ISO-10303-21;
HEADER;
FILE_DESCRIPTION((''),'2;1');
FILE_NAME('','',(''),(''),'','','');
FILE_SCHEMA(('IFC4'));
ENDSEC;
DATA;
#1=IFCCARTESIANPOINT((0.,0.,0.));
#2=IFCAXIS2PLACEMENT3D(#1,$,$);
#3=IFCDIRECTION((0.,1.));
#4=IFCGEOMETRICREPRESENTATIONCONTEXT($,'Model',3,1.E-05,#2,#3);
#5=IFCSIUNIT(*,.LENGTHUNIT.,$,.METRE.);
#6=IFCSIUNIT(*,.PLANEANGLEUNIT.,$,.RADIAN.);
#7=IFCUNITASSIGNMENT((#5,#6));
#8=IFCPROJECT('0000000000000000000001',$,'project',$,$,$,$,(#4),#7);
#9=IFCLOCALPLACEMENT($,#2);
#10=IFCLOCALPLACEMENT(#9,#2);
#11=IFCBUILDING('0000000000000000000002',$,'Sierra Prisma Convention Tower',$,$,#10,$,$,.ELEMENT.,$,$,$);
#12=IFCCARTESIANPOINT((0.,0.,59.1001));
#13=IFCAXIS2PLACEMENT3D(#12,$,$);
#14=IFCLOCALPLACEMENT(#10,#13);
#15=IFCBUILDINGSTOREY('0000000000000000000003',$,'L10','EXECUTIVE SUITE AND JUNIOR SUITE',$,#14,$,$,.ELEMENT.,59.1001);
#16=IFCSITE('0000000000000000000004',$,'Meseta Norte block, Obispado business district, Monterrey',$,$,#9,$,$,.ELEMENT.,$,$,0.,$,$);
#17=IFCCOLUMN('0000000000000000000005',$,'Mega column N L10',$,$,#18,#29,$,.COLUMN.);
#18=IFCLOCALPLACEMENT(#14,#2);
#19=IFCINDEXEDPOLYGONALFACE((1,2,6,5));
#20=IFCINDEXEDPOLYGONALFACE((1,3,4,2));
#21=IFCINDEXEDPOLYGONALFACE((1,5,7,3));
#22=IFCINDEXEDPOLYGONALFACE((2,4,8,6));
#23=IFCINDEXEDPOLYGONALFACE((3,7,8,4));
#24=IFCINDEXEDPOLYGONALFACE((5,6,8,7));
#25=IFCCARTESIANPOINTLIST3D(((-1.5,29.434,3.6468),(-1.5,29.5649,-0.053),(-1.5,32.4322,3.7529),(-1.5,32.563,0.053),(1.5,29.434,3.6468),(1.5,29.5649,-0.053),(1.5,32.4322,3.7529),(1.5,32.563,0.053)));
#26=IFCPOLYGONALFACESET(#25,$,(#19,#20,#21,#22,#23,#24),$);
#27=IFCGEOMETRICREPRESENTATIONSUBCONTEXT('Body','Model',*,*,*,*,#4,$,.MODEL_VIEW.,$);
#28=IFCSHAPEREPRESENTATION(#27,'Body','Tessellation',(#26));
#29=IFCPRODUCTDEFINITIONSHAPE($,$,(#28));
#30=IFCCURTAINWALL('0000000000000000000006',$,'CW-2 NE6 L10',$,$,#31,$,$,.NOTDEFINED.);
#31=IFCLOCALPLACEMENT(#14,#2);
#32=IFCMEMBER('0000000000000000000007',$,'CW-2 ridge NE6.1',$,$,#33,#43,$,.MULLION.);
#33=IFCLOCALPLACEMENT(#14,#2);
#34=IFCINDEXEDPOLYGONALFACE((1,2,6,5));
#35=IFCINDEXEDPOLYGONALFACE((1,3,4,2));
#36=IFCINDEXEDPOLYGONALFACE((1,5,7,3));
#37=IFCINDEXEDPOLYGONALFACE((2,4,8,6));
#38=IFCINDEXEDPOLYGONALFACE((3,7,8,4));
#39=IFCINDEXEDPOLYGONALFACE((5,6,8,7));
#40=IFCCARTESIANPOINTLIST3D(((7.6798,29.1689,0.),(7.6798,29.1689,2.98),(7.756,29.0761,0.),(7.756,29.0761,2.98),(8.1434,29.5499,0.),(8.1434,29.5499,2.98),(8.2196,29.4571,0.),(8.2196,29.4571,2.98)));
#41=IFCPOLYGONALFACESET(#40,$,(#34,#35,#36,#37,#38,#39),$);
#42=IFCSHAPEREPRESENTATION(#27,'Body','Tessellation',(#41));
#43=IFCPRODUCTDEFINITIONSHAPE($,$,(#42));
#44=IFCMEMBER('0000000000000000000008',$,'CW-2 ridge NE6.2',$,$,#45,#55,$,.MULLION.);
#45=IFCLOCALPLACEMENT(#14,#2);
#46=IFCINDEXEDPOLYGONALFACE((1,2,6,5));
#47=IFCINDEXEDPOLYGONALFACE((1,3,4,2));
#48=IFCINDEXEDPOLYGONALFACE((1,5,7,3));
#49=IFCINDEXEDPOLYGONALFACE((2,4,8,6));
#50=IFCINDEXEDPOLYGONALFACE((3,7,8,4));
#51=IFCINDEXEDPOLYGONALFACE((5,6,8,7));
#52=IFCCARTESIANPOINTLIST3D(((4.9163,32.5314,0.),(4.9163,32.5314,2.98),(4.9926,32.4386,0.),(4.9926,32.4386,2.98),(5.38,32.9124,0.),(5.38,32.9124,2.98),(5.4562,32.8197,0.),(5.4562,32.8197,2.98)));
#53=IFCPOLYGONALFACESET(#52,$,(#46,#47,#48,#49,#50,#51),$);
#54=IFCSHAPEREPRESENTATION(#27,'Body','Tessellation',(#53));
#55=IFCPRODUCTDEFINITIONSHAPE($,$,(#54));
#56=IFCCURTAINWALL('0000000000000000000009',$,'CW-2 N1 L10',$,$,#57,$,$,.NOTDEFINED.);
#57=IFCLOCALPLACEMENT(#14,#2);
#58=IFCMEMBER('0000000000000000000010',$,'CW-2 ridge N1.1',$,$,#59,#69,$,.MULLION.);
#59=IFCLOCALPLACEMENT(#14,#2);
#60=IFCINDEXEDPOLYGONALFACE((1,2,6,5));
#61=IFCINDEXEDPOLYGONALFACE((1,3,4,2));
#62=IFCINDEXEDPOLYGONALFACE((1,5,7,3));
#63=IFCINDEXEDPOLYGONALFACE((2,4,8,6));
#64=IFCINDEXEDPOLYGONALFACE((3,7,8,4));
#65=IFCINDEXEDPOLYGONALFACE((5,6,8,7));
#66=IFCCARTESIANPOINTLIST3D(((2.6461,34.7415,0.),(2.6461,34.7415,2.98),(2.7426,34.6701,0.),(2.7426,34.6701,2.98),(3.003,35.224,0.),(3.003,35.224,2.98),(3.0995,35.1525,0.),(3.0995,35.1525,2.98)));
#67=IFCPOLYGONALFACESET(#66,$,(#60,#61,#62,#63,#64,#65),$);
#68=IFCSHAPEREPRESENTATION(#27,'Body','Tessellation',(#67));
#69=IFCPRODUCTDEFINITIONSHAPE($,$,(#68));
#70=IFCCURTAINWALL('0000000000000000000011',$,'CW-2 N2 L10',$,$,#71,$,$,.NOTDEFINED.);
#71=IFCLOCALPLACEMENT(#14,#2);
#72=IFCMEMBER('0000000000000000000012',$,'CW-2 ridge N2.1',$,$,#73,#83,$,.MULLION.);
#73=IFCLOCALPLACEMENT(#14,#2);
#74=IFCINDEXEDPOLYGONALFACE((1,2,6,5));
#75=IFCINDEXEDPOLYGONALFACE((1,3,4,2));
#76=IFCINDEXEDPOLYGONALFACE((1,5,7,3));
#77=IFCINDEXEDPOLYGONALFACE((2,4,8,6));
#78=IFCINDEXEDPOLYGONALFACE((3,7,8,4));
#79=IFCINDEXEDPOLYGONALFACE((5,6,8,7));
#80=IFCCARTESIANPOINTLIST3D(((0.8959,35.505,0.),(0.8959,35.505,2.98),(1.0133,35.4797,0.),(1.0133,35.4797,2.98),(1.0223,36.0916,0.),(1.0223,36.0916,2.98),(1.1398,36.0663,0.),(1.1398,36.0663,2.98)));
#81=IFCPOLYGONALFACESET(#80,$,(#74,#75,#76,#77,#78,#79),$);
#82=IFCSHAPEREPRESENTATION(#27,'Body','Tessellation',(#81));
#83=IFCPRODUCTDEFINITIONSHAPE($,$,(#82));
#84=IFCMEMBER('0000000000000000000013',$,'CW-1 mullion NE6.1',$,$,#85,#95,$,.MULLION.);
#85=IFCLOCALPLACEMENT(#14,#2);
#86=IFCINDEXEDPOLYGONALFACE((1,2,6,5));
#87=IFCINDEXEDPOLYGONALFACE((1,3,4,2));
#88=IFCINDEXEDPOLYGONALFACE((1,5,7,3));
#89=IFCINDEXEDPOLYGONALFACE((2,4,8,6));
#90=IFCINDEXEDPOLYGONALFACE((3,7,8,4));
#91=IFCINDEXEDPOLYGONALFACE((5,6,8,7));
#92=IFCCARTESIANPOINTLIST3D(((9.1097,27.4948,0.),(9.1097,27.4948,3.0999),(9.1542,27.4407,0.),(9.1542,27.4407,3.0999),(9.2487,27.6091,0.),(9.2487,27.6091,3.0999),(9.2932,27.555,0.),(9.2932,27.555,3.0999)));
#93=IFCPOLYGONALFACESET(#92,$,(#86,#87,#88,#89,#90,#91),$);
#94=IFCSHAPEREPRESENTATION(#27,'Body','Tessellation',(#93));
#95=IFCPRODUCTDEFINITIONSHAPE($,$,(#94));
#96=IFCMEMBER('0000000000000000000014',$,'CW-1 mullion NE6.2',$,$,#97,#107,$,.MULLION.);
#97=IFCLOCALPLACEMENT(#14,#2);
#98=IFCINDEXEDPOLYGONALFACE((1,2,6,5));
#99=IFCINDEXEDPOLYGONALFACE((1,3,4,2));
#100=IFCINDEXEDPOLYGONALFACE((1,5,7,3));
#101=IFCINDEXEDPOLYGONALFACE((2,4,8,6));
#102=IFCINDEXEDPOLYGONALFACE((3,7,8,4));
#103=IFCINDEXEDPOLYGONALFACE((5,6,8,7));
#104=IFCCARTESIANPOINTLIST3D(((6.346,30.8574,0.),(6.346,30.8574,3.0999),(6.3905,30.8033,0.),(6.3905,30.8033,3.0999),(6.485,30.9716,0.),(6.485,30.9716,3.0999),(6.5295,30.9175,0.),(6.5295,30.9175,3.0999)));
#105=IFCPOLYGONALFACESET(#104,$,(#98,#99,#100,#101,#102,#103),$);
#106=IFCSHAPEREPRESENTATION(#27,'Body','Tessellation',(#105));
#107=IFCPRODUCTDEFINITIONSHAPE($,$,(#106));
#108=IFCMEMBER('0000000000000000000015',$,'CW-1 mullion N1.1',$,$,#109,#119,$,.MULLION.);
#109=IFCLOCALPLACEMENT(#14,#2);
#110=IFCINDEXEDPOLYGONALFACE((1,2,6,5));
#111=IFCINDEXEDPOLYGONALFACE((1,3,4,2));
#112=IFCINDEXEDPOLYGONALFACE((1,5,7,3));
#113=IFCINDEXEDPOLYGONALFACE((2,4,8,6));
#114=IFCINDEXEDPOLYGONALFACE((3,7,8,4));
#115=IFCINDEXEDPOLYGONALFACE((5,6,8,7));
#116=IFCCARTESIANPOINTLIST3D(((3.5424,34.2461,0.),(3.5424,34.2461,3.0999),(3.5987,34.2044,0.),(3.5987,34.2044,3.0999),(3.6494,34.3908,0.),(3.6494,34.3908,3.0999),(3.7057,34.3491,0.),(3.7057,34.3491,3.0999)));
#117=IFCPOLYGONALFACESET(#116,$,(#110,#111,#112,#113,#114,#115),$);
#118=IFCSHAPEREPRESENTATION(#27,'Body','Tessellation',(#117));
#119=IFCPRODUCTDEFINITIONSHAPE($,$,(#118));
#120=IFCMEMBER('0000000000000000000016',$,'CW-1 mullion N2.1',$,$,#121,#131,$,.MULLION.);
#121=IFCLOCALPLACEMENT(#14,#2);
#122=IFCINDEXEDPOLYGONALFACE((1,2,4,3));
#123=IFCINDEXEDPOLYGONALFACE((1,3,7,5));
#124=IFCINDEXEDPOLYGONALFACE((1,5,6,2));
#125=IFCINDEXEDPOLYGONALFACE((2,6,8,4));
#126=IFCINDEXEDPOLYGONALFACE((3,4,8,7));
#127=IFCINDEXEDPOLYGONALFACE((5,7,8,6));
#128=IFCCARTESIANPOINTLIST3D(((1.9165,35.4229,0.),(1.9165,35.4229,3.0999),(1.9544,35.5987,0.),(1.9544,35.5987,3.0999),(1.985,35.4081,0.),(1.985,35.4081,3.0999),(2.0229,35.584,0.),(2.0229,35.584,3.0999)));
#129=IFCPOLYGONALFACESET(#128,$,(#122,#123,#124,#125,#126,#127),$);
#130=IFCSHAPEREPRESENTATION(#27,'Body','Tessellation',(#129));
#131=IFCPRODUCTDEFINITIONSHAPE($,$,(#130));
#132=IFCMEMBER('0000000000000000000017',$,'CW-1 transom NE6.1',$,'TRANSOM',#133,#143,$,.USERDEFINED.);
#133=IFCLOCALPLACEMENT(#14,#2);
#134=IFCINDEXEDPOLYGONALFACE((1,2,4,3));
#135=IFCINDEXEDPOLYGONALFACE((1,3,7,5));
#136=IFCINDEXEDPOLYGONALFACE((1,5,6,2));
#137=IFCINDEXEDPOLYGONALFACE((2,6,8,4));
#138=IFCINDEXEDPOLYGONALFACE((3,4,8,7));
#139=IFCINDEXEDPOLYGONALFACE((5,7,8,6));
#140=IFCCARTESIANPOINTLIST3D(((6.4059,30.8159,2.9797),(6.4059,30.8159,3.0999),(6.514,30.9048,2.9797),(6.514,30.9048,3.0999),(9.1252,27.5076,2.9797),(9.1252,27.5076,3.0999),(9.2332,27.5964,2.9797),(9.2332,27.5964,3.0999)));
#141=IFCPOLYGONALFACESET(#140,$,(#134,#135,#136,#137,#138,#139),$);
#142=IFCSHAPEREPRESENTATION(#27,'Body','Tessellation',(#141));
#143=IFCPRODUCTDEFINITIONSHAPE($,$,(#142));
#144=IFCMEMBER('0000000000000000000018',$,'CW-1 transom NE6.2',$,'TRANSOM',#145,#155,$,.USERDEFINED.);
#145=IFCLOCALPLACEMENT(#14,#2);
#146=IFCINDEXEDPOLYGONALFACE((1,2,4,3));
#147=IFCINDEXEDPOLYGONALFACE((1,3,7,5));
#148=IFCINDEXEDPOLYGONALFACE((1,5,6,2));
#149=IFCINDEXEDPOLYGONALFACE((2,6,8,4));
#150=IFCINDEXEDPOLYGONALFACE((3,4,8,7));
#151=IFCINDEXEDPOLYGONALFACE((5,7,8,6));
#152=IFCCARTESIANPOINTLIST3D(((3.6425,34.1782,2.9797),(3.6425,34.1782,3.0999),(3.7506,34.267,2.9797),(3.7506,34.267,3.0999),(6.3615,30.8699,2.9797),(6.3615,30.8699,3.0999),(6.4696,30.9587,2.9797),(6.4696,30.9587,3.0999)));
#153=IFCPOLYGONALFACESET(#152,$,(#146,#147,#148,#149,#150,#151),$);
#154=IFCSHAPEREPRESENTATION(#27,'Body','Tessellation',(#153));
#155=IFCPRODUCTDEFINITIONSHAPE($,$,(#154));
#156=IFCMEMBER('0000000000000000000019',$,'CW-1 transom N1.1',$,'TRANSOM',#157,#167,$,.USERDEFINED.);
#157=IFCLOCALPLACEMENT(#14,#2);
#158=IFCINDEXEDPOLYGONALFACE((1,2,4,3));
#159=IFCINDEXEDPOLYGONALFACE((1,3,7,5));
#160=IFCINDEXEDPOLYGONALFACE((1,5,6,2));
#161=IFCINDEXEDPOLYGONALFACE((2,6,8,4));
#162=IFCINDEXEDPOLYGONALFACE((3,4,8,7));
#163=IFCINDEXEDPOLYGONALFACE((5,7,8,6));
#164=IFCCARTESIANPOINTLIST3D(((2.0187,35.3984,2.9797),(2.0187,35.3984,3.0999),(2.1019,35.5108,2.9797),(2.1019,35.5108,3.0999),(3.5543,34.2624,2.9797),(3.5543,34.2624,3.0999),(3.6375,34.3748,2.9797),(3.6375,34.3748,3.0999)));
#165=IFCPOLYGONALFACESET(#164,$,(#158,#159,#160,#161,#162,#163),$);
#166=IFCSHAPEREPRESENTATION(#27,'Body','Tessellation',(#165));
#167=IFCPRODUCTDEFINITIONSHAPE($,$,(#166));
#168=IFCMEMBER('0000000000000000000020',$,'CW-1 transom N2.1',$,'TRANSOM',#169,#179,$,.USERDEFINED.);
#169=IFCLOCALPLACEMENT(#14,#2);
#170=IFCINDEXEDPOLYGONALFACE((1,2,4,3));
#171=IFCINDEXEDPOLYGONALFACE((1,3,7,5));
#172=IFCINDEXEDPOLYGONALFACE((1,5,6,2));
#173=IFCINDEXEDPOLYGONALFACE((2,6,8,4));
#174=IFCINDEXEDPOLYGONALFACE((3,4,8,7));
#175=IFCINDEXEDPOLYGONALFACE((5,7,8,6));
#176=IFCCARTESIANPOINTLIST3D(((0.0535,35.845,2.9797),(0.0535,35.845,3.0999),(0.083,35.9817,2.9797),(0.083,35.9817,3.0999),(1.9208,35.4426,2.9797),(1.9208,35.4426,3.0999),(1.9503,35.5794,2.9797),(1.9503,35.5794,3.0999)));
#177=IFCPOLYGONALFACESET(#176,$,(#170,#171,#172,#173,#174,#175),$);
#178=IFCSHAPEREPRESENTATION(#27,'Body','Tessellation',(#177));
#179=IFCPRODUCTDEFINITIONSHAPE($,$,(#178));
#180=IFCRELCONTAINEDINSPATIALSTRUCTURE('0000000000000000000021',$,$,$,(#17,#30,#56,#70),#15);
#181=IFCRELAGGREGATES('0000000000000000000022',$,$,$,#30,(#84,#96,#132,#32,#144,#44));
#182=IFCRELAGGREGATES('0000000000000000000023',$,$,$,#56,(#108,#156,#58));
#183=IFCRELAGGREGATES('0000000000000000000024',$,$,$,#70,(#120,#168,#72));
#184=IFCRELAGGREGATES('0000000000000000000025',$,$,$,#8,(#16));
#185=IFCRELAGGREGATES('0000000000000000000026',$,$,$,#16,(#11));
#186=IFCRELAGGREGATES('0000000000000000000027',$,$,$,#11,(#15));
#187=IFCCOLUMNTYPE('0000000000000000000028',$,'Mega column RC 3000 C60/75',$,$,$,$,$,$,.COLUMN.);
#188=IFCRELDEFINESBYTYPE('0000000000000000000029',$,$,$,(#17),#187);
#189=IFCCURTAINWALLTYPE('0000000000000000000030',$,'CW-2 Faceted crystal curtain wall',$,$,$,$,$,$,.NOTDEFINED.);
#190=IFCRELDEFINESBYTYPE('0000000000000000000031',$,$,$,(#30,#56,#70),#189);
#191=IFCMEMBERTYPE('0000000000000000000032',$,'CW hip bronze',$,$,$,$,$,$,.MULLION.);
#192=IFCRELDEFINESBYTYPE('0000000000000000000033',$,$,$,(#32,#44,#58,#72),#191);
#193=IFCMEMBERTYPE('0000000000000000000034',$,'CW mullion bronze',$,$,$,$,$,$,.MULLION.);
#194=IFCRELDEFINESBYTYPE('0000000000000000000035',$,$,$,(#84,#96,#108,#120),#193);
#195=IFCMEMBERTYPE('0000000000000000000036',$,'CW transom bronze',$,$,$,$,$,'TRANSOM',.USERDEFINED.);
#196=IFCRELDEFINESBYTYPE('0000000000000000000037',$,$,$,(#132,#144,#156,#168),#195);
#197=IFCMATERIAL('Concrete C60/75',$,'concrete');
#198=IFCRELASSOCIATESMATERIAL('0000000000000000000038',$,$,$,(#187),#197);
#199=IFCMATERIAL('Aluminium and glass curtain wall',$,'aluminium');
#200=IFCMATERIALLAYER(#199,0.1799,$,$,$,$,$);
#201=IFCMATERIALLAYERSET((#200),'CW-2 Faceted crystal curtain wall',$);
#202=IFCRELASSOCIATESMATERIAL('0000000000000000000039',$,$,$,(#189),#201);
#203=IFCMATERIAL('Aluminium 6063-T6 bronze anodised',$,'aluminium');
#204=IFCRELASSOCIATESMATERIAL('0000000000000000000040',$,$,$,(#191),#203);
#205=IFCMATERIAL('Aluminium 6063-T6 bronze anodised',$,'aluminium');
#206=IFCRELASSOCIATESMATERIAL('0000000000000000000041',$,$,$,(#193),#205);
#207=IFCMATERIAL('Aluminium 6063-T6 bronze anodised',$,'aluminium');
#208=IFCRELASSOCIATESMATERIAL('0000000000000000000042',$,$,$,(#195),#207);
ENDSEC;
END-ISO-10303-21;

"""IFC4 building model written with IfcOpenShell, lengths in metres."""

from ifc_helpers import new_model, si_unit, direction, frame, origin, origin_2d, place, context, subcontext, project, spatial, rectangle, extrude, material, layer, layer_set, material_profile, profile_set, type_object, element, aggregate, save


model = new_model("IFC4")

# Units and contexts
model_context = context("Model", 3, precision=1e-05, world=origin(), true_north=direction((0.0, 1.0)))
body_context = subcontext(model_context, "Body", "Model", "MODEL_VIEW")
ifc_project = project(units=[si_unit("LENGTHUNIT", "METRE"), si_unit("PLANEANGLEUNIT", "RADIAN")], contexts=[model_context])

# Site, building, storey
site_placement = place(None, origin())
site = spatial("IfcSite", under=ifc_project, at=site_placement, Name="Meseta Norte block, Obispado business district, Monterrey", CompositionType="ELEMENT", RefElevation=0.0)
building_placement = place(site_placement, origin())
building = spatial("IfcBuilding", under=site, at=building_placement, Name="Sierra Prisma Convention Tower", CompositionType="ELEMENT")
storey_placement = place(building_placement, frame((0.0, 0.0, 59.1001)))
storey = spatial("IfcBuildingStorey", under=building, at=storey_placement, Name="L10", Description="EXECUTIVE SUITE AND JUNIOR SUITE", CompositionType="ELEMENT", Elevation=59.1001)

# Column
ifc_material_1 = material(Name="Concrete C60/75", Category="concrete")
ifc_material_profile_1 = material_profile(ifc_material_1, rectangle(XDim=3.0, YDim=3.0, at=origin_2d()), Name="Mega column RC 3000 C60/75")
ifc_profile_set_1 = profile_set([ifc_material_profile_1], Name="Concrete C60/75")
column_type = type_object("IfcColumnType", Name="Mega column RC 3000 C60/75", PredefinedType="COLUMN", material=ifc_profile_set_1)
column_placement = place(storey_placement, frame((0.0, 31.064, 0.0), z_axis=(0.0, -0.035346, 0.999375), x_axis=(1.0, 0.0, 0.0)))
element("IfcColumn", 1, at=column_placement, inside=storey, type_object=column_type, Name="Mega column N L10", PredefinedType="COLUMN", context=body_context, shape_type="SweptSolid", body=[
    extrude(rectangle(XDim=3.0, YDim=3.0, at=origin_2d()), origin(), (0.0, 0.0, 1.0), 3.7021),
])

# Curtain wall, members
ifc_material_2 = material(Name="Aluminium and glass curtain wall", Category="aluminium")
ifc_layer_1 = layer(ifc_material_2, 0.1799)
ifc_layer_set_1 = layer_set([ifc_layer_1], Name="CW-2 Faceted crystal curtain wall")
curtain_wall_type = type_object("IfcCurtainWallType", Name="CW-2 Faceted crystal curtain wall", PredefinedType="NOTDEFINED", material=ifc_layer_set_1)
curtain_wall_1_placement = place(storey_placement, origin())
curtain_wall_1 = element("IfcCurtainWall", 2, at=curtain_wall_1_placement, inside=storey, type_object=curtain_wall_type, Name="CW-2 NE6 L10", PredefinedType="NOTDEFINED")
ifc_material_3 = material(Name="Aluminium 6063-T6 bronze anodised", Category="aluminium")
ifc_material_profile_2 = material_profile(ifc_material_3, rectangle(XDim=0.1201, YDim=0.6001, at=origin_2d()), Name="ALU RIDGE BLADE 120x600")
ifc_profile_set_2 = profile_set([ifc_material_profile_2], Name="Aluminium 6063-T6 bronze anodised")
member_type_1 = type_object("IfcMemberType", Name="CW hip bronze", PredefinedType="MULLION", material=ifc_profile_set_2)
member_1_placement = place(storey_placement, frame((7.9497, 29.313, 0.0), z_axis=(0.0, 0.0, 1.0), x_axis=(-0.634938, 0.772563, 0.0)))
member_1 = element("IfcMember", 3, at=member_1_placement, type_object=member_type_1, Name="CW-2 ridge NE6.1", PredefinedType="MULLION", context=body_context, shape_type="SweptSolid", body=[
    extrude(rectangle(XDim=0.1201, YDim=0.6001, at=origin_2d()), origin(), (0.0, 0.0, 1.0), 2.98),
])
member_2_placement = place(storey_placement, frame((5.1863, 32.6755, 0.0), z_axis=(0.0, 0.0, 1.0), x_axis=(-0.634938, 0.772563, 0.0)))
member_2 = element("IfcMember", 4, at=member_2_placement, type_object=member_type_1, Name="CW-2 ridge NE6.2", PredefinedType="MULLION", context=body_context, shape_type="SweptSolid", body=[
    extrude(rectangle(XDim=0.1201, YDim=0.6001, at=origin_2d()), origin(), (0.0, 0.0, 1.0), 2.98),
])

# Curtain walls, members
curtain_wall_2_placement = place(storey_placement, origin())
curtain_wall_2 = element("IfcCurtainWall", 5, at=curtain_wall_2_placement, inside=storey, type_object=curtain_wall_type, Name="CW-2 N1 L10", PredefinedType="NOTDEFINED")
member_3_placement = place(storey_placement, frame((2.8728, 34.947, 0.0), z_axis=(0.0, 0.0, 1.0), x_axis=(-0.803907, 0.594755, 0.0)))
member_3 = element("IfcMember", 6, at=member_3_placement, type_object=member_type_1, Name="CW-2 ridge N1.1", PredefinedType="MULLION", context=body_context, shape_type="SweptSolid", body=[
    extrude(rectangle(XDim=0.1201, YDim=0.6001, at=origin_2d()), origin(), (0.0, 0.0, 1.0), 2.98),
])
curtain_wall_3_placement = place(storey_placement, origin())
curtain_wall_3 = element("IfcCurtainWall", 7, at=curtain_wall_3_placement, inside=storey, type_object=curtain_wall_type, Name="CW-2 N2 L10", PredefinedType="NOTDEFINED")
member_4_placement = place(storey_placement, frame((1.0178, 35.7856, 0.0), z_axis=(0.0, 0.0, 1.0), x_axis=(-0.977545, 0.210729, 0.0)))
member_4 = element("IfcMember", 8, at=member_4_placement, type_object=member_type_1, Name="CW-2 ridge N2.1", PredefinedType="MULLION", context=body_context, shape_type="SweptSolid", body=[
    extrude(rectangle(XDim=0.1201, YDim=0.6001, at=origin_2d()), origin(), (0.0, 0.0, 1.0), 2.98),
])

# Members
ifc_material_4 = material(Name="Aluminium 6063-T6 bronze anodised", Category="aluminium")
ifc_material_profile_3 = material_profile(ifc_material_4, rectangle(XDim=0.1799, YDim=0.0701, at=origin_2d()), Name="ALU MULLION 70x180")
ifc_profile_set_3 = profile_set([ifc_material_profile_3], Name="Aluminium 6063-T6 bronze anodised")
member_type_2 = type_object("IfcMemberType", Name="CW mullion bronze", PredefinedType="MULLION", material=ifc_profile_set_3)
member_5_placement = place(storey_placement, frame((9.2014, 27.5249, 0.0), z_axis=(0.0, 0.0, 1.0), x_axis=(-0.772563, -0.634938, 0.0)))
member_5 = element("IfcMember", 9, at=member_5_placement, type_object=member_type_2, Name="CW-1 mullion NE6.1", PredefinedType="MULLION", context=body_context, shape_type="SweptSolid", body=[
    extrude(rectangle(XDim=0.1799, YDim=0.0701, at=origin_2d()), origin(), (0.0, 0.0, 1.0), 3.0999),
])
member_6_placement = place(storey_placement, frame((6.4377, 30.8875, 0.0), z_axis=(0.0, 0.0, 1.0), x_axis=(-0.772563, -0.634938, 0.0)))
member_6 = element("IfcMember", 10, at=member_6_placement, type_object=member_type_2, Name="CW-1 mullion NE6.2", PredefinedType="MULLION", context=body_context, shape_type="SweptSolid", body=[
    extrude(rectangle(XDim=0.1799, YDim=0.0701, at=origin_2d()), origin(), (0.0, 0.0, 1.0), 3.0999),
])
member_7_placement = place(storey_placement, frame((3.624, 34.2976, 0.0), z_axis=(0.0, 0.0, 1.0), x_axis=(-0.594755, -0.803907, 0.0)))
member_7 = element("IfcMember", 11, at=member_7_placement, type_object=member_type_2, Name="CW-1 mullion N1.1", PredefinedType="MULLION", context=body_context, shape_type="SweptSolid", body=[
    extrude(rectangle(XDim=0.1799, YDim=0.0701, at=origin_2d()), origin(), (0.0, 0.0, 1.0), 3.0999),
])
member_8_placement = place(storey_placement, frame((1.9697, 35.5034, 0.0), z_axis=(0.0, 0.0, 1.0), x_axis=(-0.210729, -0.977545, 0.0)))
member_8 = element("IfcMember", 12, at=member_8_placement, type_object=member_type_2, Name="CW-1 mullion N2.1", PredefinedType="MULLION", context=body_context, shape_type="SweptSolid", body=[
    extrude(rectangle(XDim=0.1799, YDim=0.0701, at=origin_2d()), origin(), (0.0, 0.0, 1.0), 3.0999),
])
ifc_material_5 = material(Name="Aluminium 6063-T6 bronze anodised", Category="aluminium")
ifc_material_profile_4 = material_profile(ifc_material_5, rectangle(XDim=0.1399, YDim=0.1201, at=origin_2d()), Name="ALU TRANSOM 120x140")
ifc_profile_set_4 = profile_set([ifc_material_profile_4], Name="Aluminium 6063-T6 bronze anodised")
member_type_3 = type_object("IfcMemberType", Name="CW transom bronze", ElementType="TRANSOM", PredefinedType="USERDEFINED", material=ifc_profile_set_4)
member_9_placement = place(storey_placement, frame((9.1792, 27.552, 3.0398), z_axis=(-0.634972, 0.772535, 0.0), x_axis=(-0.772535, -0.634972, 0.0)))
member_9 = element("IfcMember", 13, at=member_9_placement, type_object=member_type_3, Name="CW-1 transom NE6.1", ObjectType="TRANSOM", PredefinedType="USERDEFINED", context=body_context, shape_type="SweptSolid", body=[
    extrude(rectangle(XDim=0.1399, YDim=0.1201, at=origin_2d()), origin(), (0.0, 0.0, 1.0), 4.2825),
])
member_10_placement = place(storey_placement, frame((6.4155, 30.9143, 3.0398), z_axis=(-0.634938, 0.772563, 0.0), x_axis=(-0.772563, -0.634938, 0.0)))
member_10 = element("IfcMember", 14, at=member_10_placement, type_object=member_type_3, Name="CW-1 transom NE6.2", ObjectType="TRANSOM", PredefinedType="USERDEFINED", context=body_context, shape_type="SweptSolid", body=[
    extrude(rectangle(XDim=0.1399, YDim=0.1201, at=origin_2d()), origin(), (0.0, 0.0, 1.0), 4.2822),
])
member_11_placement = place(storey_placement, frame((3.5959, 34.3186, 3.0398), z_axis=(-0.80394, 0.594711, 0.0), x_axis=(-0.594711, -0.80394, 0.0)))
member_11 = element("IfcMember", 15, at=member_11_placement, type_object=member_type_3, Name="CW-1 transom N1.1", ObjectType="TRANSOM", PredefinedType="USERDEFINED", context=body_context, shape_type="SweptSolid", body=[
    extrude(rectangle(XDim=0.1399, YDim=0.1201, at=origin_2d()), origin(), (0.0, 0.0, 1.0), 1.9102),
])
member_12_placement = place(storey_placement, frame((1.9355, 35.511, 3.0398), z_axis=(-0.977562, 0.210646, 0.0), x_axis=(-0.210646, -0.977562, 0.0)))
member_12 = element("IfcMember", 16, at=member_12_placement, type_object=member_type_3, Name="CW-1 transom N2.1", ObjectType="TRANSOM", PredefinedType="USERDEFINED", context=body_context, shape_type="SweptSolid", body=[
    extrude(rectangle(XDim=0.1399, YDim=0.1201, at=origin_2d()), origin(), (0.0, 0.0, 1.0), 1.9102),
])

aggregate(curtain_wall_1, [member_5, member_6, member_9, member_1, member_10, member_2])
aggregate(curtain_wall_2, [member_7, member_11, member_3])
aggregate(curtain_wall_3, [member_8, member_12, member_4])

save(model, "model.ifc")
